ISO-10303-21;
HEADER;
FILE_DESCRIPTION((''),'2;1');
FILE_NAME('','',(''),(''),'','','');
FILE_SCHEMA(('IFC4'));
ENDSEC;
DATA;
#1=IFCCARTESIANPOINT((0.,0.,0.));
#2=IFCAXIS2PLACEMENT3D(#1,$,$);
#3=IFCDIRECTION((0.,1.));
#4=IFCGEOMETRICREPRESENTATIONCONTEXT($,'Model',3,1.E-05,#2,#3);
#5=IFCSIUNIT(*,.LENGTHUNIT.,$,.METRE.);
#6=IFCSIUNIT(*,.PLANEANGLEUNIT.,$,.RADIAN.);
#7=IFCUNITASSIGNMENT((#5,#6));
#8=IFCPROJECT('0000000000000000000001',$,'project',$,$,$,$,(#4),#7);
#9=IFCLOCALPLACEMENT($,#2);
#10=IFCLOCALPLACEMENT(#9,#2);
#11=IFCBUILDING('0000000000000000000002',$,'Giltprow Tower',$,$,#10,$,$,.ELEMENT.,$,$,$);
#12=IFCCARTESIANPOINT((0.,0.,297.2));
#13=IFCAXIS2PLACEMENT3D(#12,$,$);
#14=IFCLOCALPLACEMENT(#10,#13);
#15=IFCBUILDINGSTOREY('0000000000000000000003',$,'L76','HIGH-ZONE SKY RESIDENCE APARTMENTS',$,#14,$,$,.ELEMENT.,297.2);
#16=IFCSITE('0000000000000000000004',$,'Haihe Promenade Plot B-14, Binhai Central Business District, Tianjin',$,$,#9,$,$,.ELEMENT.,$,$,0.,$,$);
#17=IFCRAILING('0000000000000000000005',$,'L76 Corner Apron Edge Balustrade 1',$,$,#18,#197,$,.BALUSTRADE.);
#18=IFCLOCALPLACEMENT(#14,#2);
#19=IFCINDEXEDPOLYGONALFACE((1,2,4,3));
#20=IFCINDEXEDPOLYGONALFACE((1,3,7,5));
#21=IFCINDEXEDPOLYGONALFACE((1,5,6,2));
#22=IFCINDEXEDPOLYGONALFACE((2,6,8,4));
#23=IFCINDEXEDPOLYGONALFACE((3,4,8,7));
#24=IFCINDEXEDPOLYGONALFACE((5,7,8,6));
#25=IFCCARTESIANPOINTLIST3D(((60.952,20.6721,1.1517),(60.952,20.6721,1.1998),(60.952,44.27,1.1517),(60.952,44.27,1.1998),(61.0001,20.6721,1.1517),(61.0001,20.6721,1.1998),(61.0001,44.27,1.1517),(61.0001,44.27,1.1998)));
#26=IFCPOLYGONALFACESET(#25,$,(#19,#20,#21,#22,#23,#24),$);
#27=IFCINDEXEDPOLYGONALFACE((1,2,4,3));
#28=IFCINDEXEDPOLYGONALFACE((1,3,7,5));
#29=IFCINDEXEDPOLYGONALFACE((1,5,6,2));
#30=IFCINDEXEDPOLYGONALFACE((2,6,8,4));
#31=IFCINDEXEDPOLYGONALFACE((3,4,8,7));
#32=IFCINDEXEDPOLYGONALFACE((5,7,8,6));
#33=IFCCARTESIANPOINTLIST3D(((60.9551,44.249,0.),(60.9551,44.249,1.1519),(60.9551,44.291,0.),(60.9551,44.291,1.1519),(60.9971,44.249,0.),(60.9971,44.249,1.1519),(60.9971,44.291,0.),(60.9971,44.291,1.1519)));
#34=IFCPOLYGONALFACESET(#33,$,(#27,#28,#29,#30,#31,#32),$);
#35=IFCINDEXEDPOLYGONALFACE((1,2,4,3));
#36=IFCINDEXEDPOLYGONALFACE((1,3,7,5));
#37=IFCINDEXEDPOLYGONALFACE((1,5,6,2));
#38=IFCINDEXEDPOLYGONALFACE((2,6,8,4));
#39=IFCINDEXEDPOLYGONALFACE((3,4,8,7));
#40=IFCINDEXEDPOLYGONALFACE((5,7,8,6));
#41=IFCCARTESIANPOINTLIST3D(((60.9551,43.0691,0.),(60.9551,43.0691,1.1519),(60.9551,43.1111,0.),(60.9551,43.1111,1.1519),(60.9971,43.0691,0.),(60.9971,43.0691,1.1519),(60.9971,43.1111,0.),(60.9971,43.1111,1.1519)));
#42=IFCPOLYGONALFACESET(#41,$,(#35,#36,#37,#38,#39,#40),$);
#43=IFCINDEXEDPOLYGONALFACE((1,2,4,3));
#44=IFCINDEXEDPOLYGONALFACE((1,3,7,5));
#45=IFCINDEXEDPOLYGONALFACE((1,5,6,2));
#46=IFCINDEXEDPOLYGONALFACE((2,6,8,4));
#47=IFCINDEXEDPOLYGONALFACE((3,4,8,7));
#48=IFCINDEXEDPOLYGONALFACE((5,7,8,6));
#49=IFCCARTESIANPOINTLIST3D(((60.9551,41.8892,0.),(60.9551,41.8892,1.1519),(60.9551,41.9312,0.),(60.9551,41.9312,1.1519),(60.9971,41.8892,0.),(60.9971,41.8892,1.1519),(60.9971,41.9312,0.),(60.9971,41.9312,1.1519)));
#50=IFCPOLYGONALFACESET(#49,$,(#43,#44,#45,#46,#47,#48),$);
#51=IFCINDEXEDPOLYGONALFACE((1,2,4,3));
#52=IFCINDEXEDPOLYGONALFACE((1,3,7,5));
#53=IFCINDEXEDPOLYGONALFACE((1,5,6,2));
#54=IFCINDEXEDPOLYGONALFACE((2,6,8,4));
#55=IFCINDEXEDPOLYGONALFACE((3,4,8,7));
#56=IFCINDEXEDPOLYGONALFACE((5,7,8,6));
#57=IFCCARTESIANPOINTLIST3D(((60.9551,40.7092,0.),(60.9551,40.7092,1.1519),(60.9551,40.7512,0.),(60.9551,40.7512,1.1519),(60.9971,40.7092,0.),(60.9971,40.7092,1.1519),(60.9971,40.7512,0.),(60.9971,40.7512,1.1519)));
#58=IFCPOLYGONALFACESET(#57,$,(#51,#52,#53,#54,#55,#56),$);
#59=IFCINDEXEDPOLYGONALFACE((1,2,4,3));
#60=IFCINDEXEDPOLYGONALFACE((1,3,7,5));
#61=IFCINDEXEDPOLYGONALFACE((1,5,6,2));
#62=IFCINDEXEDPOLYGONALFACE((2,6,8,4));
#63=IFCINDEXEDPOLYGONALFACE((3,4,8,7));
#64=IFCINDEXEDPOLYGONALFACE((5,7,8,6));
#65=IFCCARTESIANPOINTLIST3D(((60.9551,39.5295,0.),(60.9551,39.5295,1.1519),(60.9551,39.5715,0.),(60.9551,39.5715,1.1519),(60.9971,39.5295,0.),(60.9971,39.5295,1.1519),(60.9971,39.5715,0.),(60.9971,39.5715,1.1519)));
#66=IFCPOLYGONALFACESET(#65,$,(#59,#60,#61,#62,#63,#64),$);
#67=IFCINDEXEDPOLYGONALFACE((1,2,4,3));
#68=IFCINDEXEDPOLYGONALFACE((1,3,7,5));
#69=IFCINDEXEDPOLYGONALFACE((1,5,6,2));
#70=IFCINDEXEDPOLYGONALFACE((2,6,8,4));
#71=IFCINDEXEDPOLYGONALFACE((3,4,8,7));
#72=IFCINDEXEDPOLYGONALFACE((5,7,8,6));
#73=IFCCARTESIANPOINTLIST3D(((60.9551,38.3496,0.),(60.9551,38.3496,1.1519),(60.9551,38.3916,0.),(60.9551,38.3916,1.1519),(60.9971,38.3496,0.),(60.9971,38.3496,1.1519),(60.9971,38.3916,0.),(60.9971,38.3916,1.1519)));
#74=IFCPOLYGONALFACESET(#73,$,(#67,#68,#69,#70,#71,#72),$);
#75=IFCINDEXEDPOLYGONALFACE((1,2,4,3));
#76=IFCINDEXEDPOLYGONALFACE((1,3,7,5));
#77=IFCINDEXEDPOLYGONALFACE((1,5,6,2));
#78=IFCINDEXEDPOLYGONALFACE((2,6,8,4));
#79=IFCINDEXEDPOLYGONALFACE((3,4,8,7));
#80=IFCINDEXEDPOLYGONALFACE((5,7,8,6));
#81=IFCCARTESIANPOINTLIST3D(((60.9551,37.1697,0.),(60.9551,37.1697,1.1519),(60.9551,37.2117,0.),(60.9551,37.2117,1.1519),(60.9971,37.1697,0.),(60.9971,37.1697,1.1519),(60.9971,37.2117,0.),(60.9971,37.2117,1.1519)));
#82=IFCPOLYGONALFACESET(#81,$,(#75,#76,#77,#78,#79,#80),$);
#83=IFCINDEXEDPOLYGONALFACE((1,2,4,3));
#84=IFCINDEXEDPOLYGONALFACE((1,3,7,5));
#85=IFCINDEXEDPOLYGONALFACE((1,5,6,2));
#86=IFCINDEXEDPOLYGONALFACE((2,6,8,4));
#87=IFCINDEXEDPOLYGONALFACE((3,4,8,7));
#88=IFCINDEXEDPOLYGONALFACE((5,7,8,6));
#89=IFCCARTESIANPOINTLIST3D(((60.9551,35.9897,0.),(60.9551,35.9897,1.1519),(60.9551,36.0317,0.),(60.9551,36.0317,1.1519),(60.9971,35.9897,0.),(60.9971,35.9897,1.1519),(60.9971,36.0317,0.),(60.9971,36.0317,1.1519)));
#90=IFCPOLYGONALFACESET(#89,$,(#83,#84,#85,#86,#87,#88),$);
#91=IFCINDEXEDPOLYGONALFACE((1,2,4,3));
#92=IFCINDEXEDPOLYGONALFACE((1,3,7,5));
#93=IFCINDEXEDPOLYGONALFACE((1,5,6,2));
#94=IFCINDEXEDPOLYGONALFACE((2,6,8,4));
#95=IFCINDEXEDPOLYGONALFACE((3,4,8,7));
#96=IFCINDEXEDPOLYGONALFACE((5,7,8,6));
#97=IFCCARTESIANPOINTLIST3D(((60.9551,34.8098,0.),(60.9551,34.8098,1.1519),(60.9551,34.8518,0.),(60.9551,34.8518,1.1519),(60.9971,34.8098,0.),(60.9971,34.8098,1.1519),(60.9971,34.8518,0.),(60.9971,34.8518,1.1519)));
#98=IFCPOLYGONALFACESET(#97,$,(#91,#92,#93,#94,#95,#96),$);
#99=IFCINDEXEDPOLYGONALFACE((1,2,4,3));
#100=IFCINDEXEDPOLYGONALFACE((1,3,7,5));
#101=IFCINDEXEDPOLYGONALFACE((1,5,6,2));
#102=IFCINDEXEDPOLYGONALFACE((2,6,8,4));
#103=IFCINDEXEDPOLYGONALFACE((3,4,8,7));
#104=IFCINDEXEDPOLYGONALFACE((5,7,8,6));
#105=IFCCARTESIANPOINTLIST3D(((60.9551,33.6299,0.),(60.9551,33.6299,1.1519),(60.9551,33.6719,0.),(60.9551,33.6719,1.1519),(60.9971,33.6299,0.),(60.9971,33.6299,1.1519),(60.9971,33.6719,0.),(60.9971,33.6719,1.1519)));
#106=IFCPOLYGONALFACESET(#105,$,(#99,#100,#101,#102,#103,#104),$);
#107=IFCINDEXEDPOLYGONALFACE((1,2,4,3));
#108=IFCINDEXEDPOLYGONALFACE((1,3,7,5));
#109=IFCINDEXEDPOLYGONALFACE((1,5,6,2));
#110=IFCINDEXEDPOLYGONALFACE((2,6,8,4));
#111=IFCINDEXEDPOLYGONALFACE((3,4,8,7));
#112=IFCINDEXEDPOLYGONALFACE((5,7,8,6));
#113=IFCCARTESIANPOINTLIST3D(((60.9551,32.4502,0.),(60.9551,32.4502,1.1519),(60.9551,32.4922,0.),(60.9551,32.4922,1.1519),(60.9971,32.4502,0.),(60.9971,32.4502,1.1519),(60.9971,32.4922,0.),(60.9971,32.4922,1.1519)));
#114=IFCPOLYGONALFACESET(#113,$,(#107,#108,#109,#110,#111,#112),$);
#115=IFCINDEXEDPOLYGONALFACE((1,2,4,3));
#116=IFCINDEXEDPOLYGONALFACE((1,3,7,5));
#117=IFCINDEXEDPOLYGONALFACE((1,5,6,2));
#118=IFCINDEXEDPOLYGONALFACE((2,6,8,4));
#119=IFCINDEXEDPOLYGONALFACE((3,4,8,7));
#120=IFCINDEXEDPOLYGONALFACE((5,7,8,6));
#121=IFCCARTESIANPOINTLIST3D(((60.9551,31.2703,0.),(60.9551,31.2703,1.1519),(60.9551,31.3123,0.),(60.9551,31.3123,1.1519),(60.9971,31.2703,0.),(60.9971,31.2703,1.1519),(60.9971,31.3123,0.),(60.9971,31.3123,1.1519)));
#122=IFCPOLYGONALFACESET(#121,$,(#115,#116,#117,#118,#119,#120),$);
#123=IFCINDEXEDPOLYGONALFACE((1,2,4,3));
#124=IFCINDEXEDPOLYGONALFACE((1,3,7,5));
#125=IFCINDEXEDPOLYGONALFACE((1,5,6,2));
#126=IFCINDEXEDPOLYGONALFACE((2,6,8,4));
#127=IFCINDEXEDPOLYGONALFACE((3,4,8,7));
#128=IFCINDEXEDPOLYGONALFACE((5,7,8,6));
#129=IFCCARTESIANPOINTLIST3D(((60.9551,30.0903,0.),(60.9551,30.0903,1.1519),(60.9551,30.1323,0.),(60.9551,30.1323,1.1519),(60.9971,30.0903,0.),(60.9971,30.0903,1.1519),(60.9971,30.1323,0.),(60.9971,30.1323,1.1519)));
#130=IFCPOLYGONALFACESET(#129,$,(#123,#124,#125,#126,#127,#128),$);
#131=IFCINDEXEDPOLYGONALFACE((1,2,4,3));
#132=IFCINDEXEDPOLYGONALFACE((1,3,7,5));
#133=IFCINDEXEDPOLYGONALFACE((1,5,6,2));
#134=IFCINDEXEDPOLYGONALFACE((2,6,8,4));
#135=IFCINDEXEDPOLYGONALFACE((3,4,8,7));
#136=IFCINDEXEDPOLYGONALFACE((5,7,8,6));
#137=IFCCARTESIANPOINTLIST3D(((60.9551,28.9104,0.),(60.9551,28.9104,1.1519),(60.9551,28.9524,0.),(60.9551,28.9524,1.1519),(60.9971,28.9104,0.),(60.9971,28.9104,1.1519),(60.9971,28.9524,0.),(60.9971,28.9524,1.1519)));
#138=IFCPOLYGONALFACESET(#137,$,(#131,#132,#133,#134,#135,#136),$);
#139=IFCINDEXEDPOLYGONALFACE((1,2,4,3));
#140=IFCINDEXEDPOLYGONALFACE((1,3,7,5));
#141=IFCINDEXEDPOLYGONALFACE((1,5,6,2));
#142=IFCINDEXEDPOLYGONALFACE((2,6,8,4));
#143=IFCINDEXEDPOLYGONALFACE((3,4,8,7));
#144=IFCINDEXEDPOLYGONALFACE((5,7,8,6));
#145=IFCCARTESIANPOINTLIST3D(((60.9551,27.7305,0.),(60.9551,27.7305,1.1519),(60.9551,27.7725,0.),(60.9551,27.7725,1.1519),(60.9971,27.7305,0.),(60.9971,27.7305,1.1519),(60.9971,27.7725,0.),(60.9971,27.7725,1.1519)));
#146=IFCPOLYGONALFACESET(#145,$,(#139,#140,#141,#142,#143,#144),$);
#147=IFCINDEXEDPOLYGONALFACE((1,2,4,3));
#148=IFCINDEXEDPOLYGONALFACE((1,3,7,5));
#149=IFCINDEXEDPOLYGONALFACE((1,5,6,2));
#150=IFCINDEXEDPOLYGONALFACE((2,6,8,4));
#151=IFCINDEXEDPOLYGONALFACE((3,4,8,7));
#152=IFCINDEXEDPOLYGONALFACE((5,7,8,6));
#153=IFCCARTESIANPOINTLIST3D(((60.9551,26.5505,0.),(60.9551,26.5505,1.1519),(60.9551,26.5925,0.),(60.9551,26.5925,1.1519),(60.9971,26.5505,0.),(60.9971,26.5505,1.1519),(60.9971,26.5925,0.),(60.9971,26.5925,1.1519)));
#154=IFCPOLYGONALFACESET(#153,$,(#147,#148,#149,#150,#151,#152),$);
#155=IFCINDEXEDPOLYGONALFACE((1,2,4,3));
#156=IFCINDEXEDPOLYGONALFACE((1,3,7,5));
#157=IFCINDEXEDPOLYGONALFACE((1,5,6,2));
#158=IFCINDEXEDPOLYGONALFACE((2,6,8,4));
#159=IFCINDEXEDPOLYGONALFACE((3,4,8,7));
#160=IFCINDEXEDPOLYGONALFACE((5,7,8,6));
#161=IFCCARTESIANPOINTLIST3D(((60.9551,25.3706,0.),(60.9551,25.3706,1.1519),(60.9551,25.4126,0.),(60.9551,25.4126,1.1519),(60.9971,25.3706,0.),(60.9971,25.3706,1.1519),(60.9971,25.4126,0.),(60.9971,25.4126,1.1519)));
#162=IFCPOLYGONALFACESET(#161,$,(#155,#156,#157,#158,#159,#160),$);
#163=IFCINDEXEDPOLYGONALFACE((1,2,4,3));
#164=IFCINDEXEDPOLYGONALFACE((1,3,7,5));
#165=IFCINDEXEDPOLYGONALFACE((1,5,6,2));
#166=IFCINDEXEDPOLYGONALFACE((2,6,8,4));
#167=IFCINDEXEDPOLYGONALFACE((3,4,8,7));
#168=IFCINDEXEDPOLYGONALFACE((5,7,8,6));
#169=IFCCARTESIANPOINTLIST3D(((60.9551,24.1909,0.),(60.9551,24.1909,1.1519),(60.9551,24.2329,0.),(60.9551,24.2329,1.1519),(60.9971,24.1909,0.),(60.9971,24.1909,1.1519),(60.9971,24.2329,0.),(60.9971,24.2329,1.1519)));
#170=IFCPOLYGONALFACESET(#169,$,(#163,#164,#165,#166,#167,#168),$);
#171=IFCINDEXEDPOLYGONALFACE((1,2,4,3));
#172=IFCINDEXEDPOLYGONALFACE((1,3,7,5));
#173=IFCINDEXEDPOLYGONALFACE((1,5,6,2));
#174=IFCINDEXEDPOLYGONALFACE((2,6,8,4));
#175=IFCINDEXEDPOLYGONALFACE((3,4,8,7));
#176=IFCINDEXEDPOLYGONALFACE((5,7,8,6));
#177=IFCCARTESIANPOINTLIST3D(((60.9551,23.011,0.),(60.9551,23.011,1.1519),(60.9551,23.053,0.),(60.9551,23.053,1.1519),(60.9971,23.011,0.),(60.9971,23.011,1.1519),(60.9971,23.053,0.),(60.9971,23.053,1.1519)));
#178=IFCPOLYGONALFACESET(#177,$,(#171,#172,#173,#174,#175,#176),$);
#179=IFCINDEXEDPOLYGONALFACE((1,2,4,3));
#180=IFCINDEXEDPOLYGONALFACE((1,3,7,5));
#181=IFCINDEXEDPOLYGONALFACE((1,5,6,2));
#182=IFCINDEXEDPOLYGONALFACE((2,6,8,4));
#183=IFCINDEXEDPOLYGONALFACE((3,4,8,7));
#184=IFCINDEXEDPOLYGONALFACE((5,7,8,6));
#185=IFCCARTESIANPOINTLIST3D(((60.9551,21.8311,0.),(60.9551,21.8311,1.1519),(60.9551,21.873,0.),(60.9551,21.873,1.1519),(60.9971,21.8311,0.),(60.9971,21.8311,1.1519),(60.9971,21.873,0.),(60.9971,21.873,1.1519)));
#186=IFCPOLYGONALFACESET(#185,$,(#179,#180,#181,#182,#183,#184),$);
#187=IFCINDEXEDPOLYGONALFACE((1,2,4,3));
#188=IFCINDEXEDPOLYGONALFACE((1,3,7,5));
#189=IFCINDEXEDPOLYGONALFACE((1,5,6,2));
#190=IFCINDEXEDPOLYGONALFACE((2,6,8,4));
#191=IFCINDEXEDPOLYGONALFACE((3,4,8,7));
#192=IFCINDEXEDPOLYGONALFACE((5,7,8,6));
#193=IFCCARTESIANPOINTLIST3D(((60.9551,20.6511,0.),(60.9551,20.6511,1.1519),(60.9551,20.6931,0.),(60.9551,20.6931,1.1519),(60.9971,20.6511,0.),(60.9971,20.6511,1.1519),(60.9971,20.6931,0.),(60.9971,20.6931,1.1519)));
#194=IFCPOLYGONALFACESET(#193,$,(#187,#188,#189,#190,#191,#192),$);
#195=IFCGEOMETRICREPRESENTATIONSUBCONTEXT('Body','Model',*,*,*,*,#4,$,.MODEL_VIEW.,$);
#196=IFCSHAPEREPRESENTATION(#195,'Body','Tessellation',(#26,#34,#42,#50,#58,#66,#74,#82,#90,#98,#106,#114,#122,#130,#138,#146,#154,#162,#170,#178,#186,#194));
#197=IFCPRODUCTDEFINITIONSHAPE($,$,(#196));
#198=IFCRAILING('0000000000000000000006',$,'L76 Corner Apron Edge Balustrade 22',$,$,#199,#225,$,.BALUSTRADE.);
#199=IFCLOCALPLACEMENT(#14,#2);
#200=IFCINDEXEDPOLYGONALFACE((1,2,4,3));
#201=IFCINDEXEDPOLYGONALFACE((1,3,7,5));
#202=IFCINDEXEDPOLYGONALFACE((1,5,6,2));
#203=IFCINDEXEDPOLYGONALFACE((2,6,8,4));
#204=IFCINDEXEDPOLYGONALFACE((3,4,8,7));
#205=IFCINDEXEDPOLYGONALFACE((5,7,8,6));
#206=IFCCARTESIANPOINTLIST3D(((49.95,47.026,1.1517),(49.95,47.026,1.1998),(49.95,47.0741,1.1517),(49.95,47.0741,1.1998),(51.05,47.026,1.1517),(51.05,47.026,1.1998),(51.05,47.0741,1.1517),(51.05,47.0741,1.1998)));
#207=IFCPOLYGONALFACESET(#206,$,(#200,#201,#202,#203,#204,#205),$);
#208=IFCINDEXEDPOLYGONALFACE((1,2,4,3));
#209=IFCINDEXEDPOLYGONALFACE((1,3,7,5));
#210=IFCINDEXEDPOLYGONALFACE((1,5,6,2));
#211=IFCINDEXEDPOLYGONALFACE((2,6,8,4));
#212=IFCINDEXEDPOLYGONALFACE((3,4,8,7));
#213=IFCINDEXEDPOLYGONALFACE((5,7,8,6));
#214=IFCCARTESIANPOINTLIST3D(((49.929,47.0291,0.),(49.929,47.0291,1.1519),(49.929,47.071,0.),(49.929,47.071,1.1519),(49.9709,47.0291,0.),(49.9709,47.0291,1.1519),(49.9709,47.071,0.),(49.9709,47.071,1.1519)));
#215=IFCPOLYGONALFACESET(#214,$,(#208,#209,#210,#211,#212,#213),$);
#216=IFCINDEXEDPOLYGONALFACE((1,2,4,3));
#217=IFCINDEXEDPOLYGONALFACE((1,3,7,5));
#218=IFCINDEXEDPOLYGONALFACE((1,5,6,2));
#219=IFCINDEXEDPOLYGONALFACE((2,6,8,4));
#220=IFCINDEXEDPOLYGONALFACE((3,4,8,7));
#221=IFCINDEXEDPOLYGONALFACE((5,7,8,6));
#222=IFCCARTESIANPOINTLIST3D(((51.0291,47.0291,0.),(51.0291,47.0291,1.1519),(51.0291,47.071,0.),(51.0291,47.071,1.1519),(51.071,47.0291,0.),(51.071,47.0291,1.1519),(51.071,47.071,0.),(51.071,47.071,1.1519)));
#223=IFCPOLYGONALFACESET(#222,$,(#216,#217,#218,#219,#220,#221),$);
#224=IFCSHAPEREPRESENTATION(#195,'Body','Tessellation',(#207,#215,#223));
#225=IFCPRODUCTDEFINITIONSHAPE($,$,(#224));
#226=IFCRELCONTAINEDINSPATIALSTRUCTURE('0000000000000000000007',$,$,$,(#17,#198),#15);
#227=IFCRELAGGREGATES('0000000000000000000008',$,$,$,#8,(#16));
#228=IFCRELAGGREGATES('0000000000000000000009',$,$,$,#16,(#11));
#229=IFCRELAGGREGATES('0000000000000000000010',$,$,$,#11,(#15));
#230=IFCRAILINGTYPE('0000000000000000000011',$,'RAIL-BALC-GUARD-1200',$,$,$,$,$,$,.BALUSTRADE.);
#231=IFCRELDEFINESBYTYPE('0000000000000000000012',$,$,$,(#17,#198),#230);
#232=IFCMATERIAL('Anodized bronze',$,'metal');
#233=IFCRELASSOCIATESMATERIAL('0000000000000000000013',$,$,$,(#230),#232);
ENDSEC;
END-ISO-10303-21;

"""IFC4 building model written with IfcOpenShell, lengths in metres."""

from ifc_helpers import new_model, si_unit, direction, frame, origin, origin_2d, place, context, subcontext, project, spatial, rectangle, extrude, material, type_object, element, save


model = new_model("IFC4")

# Units and contexts
model_context = context("Model", 3, precision=1e-05, world=origin(), true_north=direction((0.0, 1.0)))
body_context = subcontext(model_context, "Body", "Model", "MODEL_VIEW")
ifc_project = project(units=[si_unit("LENGTHUNIT", "METRE"), si_unit("PLANEANGLEUNIT", "RADIAN")], contexts=[model_context])

# Site, building, storey
site_placement = place(None, origin())
site = spatial("IfcSite", under=ifc_project, at=site_placement, Name="Haihe Promenade Plot B-14, Binhai Central Business District, Tianjin", CompositionType="ELEMENT", RefElevation=0.0)
building_placement = place(site_placement, origin())
building = spatial("IfcBuilding", under=site, at=building_placement, Name="Giltprow Tower", CompositionType="ELEMENT")
storey_placement = place(building_placement, frame((0.0, 0.0, 297.2)))
storey = spatial("IfcBuildingStorey", under=building, at=storey_placement, Name="L76", Description="HIGH-ZONE SKY RESIDENCE APARTMENTS", CompositionType="ELEMENT", Elevation=297.2)

# Railings
ifc_material_1 = material(Name="Anodized bronze", Category="metal")
railing_type_1 = type_object("IfcRailingType", Name="RAIL-BALC-GUARD-1200", PredefinedType="BALUSTRADE", material=ifc_material_1)
railing_1_placement = place(storey_placement, frame((60.9761, 44.27, 0.0)))
element("IfcRailing", 1, at=railing_1_placement, inside=storey, type_object=railing_type_1, Name="L76 Corner Apron Edge Balustrade 1", PredefinedType="BALUSTRADE", context=body_context, shape_type="SweptSolid", body=[
    extrude(rectangle(XDim=0.0481, YDim=0.0481, at=origin_2d()), frame((0.0, 0.0, 1.1758), z_axis=(0.0, -1.0, 0.0), x_axis=(1.0, 0.0, 0.0)), (0.0, 0.0, 1.0), 23.5979),
    extrude(rectangle(XDim=0.042, YDim=0.042, at=origin_2d()), origin(), (0.0, 0.0, 1.0), 1.1519),
    extrude(rectangle(XDim=0.042, YDim=0.042, at=origin_2d()), frame((0.0, -1.1799, 0.0)), (0.0, 0.0, 1.0), 1.1519),
    extrude(rectangle(XDim=0.042, YDim=0.042, at=origin_2d()), frame((0.0, -2.3599, 0.0)), (0.0, 0.0, 1.0), 1.1519),
    extrude(rectangle(XDim=0.042, YDim=0.042, at=origin_2d()), frame((0.0, -3.5398, 0.0)), (0.0, 0.0, 1.0), 1.1519),
    extrude(rectangle(XDim=0.042, YDim=0.042, at=origin_2d()), frame((0.0, -4.7195, 0.0)), (0.0, 0.0, 1.0), 1.1519),
    extrude(rectangle(XDim=0.042, YDim=0.042, at=origin_2d()), frame((0.0, -5.8994, 0.0)), (0.0, 0.0, 1.0), 1.1519),
    extrude(rectangle(XDim=0.042, YDim=0.042, at=origin_2d()), frame((0.0, -7.0793, 0.0)), (0.0, 0.0, 1.0), 1.1519),
    extrude(rectangle(XDim=0.042, YDim=0.042, at=origin_2d()), frame((0.0, -8.2593, 0.0)), (0.0, 0.0, 1.0), 1.1519),
    extrude(rectangle(XDim=0.042, YDim=0.042, at=origin_2d()), frame((0.0, -9.4392, 0.0)), (0.0, 0.0, 1.0), 1.1519),
    extrude(rectangle(XDim=0.042, YDim=0.042, at=origin_2d()), frame((0.0, -10.6191, 0.0)), (0.0, 0.0, 1.0), 1.1519),
    extrude(rectangle(XDim=0.042, YDim=0.042, at=origin_2d()), frame((0.0, -11.7988, 0.0)), (0.0, 0.0, 1.0), 1.1519),
    extrude(rectangle(XDim=0.042, YDim=0.042, at=origin_2d()), frame((0.0, -12.9788, 0.0)), (0.0, 0.0, 1.0), 1.1519),
    extrude(rectangle(XDim=0.042, YDim=0.042, at=origin_2d()), frame((0.0, -14.1587, 0.0)), (0.0, 0.0, 1.0), 1.1519),
    extrude(rectangle(XDim=0.042, YDim=0.042, at=origin_2d()), frame((0.0, -15.3386, 0.0)), (0.0, 0.0, 1.0), 1.1519),
    extrude(rectangle(XDim=0.042, YDim=0.042, at=origin_2d()), frame((0.0, -16.5186, 0.0)), (0.0, 0.0, 1.0), 1.1519),
    extrude(rectangle(XDim=0.042, YDim=0.042, at=origin_2d()), frame((0.0, -17.6985, 0.0)), (0.0, 0.0, 1.0), 1.1519),
    extrude(rectangle(XDim=0.042, YDim=0.042, at=origin_2d()), frame((0.0, -18.8784, 0.0)), (0.0, 0.0, 1.0), 1.1519),
    extrude(rectangle(XDim=0.042, YDim=0.042, at=origin_2d()), frame((0.0, -20.0581, 0.0)), (0.0, 0.0, 1.0), 1.1519),
    extrude(rectangle(XDim=0.042, YDim=0.042, at=origin_2d()), frame((0.0, -21.238, 0.0)), (0.0, 0.0, 1.0), 1.1519),
    extrude(rectangle(XDim=0.042, YDim=0.042, at=origin_2d()), frame((0.0, -22.418, 0.0)), (0.0, 0.0, 1.0), 1.1519),
    extrude(rectangle(XDim=0.042, YDim=0.042, at=origin_2d()), frame((0.0, -23.5979, 0.0)), (0.0, 0.0, 1.0), 1.1519),
])
railing_2_placement = place(storey_placement, frame((49.95, 47.05, 0.0)))
element("IfcRailing", 2, at=railing_2_placement, inside=storey, type_object=railing_type_1, Name="L76 Corner Apron Edge Balustrade 22", PredefinedType="BALUSTRADE", context=body_context, shape_type="SweptSolid", body=[
    extrude(rectangle(XDim=0.0481, YDim=0.0481, at=origin_2d()), frame((0.0, 0.0, 1.1758), z_axis=(1.0, 0.0, 0.0), x_axis=(0.0, 1.0, 0.0)), (0.0, 0.0, 1.0), 1.1001),
    extrude(rectangle(XDim=0.042, YDim=0.042, at=origin_2d()), origin(), (0.0, 0.0, 1.0), 1.1519),
    extrude(rectangle(XDim=0.042, YDim=0.042, at=origin_2d()), frame((1.1001, 0.0, 0.0)), (0.0, 0.0, 1.0), 1.1519),
])

save(model, "model.ifc")
